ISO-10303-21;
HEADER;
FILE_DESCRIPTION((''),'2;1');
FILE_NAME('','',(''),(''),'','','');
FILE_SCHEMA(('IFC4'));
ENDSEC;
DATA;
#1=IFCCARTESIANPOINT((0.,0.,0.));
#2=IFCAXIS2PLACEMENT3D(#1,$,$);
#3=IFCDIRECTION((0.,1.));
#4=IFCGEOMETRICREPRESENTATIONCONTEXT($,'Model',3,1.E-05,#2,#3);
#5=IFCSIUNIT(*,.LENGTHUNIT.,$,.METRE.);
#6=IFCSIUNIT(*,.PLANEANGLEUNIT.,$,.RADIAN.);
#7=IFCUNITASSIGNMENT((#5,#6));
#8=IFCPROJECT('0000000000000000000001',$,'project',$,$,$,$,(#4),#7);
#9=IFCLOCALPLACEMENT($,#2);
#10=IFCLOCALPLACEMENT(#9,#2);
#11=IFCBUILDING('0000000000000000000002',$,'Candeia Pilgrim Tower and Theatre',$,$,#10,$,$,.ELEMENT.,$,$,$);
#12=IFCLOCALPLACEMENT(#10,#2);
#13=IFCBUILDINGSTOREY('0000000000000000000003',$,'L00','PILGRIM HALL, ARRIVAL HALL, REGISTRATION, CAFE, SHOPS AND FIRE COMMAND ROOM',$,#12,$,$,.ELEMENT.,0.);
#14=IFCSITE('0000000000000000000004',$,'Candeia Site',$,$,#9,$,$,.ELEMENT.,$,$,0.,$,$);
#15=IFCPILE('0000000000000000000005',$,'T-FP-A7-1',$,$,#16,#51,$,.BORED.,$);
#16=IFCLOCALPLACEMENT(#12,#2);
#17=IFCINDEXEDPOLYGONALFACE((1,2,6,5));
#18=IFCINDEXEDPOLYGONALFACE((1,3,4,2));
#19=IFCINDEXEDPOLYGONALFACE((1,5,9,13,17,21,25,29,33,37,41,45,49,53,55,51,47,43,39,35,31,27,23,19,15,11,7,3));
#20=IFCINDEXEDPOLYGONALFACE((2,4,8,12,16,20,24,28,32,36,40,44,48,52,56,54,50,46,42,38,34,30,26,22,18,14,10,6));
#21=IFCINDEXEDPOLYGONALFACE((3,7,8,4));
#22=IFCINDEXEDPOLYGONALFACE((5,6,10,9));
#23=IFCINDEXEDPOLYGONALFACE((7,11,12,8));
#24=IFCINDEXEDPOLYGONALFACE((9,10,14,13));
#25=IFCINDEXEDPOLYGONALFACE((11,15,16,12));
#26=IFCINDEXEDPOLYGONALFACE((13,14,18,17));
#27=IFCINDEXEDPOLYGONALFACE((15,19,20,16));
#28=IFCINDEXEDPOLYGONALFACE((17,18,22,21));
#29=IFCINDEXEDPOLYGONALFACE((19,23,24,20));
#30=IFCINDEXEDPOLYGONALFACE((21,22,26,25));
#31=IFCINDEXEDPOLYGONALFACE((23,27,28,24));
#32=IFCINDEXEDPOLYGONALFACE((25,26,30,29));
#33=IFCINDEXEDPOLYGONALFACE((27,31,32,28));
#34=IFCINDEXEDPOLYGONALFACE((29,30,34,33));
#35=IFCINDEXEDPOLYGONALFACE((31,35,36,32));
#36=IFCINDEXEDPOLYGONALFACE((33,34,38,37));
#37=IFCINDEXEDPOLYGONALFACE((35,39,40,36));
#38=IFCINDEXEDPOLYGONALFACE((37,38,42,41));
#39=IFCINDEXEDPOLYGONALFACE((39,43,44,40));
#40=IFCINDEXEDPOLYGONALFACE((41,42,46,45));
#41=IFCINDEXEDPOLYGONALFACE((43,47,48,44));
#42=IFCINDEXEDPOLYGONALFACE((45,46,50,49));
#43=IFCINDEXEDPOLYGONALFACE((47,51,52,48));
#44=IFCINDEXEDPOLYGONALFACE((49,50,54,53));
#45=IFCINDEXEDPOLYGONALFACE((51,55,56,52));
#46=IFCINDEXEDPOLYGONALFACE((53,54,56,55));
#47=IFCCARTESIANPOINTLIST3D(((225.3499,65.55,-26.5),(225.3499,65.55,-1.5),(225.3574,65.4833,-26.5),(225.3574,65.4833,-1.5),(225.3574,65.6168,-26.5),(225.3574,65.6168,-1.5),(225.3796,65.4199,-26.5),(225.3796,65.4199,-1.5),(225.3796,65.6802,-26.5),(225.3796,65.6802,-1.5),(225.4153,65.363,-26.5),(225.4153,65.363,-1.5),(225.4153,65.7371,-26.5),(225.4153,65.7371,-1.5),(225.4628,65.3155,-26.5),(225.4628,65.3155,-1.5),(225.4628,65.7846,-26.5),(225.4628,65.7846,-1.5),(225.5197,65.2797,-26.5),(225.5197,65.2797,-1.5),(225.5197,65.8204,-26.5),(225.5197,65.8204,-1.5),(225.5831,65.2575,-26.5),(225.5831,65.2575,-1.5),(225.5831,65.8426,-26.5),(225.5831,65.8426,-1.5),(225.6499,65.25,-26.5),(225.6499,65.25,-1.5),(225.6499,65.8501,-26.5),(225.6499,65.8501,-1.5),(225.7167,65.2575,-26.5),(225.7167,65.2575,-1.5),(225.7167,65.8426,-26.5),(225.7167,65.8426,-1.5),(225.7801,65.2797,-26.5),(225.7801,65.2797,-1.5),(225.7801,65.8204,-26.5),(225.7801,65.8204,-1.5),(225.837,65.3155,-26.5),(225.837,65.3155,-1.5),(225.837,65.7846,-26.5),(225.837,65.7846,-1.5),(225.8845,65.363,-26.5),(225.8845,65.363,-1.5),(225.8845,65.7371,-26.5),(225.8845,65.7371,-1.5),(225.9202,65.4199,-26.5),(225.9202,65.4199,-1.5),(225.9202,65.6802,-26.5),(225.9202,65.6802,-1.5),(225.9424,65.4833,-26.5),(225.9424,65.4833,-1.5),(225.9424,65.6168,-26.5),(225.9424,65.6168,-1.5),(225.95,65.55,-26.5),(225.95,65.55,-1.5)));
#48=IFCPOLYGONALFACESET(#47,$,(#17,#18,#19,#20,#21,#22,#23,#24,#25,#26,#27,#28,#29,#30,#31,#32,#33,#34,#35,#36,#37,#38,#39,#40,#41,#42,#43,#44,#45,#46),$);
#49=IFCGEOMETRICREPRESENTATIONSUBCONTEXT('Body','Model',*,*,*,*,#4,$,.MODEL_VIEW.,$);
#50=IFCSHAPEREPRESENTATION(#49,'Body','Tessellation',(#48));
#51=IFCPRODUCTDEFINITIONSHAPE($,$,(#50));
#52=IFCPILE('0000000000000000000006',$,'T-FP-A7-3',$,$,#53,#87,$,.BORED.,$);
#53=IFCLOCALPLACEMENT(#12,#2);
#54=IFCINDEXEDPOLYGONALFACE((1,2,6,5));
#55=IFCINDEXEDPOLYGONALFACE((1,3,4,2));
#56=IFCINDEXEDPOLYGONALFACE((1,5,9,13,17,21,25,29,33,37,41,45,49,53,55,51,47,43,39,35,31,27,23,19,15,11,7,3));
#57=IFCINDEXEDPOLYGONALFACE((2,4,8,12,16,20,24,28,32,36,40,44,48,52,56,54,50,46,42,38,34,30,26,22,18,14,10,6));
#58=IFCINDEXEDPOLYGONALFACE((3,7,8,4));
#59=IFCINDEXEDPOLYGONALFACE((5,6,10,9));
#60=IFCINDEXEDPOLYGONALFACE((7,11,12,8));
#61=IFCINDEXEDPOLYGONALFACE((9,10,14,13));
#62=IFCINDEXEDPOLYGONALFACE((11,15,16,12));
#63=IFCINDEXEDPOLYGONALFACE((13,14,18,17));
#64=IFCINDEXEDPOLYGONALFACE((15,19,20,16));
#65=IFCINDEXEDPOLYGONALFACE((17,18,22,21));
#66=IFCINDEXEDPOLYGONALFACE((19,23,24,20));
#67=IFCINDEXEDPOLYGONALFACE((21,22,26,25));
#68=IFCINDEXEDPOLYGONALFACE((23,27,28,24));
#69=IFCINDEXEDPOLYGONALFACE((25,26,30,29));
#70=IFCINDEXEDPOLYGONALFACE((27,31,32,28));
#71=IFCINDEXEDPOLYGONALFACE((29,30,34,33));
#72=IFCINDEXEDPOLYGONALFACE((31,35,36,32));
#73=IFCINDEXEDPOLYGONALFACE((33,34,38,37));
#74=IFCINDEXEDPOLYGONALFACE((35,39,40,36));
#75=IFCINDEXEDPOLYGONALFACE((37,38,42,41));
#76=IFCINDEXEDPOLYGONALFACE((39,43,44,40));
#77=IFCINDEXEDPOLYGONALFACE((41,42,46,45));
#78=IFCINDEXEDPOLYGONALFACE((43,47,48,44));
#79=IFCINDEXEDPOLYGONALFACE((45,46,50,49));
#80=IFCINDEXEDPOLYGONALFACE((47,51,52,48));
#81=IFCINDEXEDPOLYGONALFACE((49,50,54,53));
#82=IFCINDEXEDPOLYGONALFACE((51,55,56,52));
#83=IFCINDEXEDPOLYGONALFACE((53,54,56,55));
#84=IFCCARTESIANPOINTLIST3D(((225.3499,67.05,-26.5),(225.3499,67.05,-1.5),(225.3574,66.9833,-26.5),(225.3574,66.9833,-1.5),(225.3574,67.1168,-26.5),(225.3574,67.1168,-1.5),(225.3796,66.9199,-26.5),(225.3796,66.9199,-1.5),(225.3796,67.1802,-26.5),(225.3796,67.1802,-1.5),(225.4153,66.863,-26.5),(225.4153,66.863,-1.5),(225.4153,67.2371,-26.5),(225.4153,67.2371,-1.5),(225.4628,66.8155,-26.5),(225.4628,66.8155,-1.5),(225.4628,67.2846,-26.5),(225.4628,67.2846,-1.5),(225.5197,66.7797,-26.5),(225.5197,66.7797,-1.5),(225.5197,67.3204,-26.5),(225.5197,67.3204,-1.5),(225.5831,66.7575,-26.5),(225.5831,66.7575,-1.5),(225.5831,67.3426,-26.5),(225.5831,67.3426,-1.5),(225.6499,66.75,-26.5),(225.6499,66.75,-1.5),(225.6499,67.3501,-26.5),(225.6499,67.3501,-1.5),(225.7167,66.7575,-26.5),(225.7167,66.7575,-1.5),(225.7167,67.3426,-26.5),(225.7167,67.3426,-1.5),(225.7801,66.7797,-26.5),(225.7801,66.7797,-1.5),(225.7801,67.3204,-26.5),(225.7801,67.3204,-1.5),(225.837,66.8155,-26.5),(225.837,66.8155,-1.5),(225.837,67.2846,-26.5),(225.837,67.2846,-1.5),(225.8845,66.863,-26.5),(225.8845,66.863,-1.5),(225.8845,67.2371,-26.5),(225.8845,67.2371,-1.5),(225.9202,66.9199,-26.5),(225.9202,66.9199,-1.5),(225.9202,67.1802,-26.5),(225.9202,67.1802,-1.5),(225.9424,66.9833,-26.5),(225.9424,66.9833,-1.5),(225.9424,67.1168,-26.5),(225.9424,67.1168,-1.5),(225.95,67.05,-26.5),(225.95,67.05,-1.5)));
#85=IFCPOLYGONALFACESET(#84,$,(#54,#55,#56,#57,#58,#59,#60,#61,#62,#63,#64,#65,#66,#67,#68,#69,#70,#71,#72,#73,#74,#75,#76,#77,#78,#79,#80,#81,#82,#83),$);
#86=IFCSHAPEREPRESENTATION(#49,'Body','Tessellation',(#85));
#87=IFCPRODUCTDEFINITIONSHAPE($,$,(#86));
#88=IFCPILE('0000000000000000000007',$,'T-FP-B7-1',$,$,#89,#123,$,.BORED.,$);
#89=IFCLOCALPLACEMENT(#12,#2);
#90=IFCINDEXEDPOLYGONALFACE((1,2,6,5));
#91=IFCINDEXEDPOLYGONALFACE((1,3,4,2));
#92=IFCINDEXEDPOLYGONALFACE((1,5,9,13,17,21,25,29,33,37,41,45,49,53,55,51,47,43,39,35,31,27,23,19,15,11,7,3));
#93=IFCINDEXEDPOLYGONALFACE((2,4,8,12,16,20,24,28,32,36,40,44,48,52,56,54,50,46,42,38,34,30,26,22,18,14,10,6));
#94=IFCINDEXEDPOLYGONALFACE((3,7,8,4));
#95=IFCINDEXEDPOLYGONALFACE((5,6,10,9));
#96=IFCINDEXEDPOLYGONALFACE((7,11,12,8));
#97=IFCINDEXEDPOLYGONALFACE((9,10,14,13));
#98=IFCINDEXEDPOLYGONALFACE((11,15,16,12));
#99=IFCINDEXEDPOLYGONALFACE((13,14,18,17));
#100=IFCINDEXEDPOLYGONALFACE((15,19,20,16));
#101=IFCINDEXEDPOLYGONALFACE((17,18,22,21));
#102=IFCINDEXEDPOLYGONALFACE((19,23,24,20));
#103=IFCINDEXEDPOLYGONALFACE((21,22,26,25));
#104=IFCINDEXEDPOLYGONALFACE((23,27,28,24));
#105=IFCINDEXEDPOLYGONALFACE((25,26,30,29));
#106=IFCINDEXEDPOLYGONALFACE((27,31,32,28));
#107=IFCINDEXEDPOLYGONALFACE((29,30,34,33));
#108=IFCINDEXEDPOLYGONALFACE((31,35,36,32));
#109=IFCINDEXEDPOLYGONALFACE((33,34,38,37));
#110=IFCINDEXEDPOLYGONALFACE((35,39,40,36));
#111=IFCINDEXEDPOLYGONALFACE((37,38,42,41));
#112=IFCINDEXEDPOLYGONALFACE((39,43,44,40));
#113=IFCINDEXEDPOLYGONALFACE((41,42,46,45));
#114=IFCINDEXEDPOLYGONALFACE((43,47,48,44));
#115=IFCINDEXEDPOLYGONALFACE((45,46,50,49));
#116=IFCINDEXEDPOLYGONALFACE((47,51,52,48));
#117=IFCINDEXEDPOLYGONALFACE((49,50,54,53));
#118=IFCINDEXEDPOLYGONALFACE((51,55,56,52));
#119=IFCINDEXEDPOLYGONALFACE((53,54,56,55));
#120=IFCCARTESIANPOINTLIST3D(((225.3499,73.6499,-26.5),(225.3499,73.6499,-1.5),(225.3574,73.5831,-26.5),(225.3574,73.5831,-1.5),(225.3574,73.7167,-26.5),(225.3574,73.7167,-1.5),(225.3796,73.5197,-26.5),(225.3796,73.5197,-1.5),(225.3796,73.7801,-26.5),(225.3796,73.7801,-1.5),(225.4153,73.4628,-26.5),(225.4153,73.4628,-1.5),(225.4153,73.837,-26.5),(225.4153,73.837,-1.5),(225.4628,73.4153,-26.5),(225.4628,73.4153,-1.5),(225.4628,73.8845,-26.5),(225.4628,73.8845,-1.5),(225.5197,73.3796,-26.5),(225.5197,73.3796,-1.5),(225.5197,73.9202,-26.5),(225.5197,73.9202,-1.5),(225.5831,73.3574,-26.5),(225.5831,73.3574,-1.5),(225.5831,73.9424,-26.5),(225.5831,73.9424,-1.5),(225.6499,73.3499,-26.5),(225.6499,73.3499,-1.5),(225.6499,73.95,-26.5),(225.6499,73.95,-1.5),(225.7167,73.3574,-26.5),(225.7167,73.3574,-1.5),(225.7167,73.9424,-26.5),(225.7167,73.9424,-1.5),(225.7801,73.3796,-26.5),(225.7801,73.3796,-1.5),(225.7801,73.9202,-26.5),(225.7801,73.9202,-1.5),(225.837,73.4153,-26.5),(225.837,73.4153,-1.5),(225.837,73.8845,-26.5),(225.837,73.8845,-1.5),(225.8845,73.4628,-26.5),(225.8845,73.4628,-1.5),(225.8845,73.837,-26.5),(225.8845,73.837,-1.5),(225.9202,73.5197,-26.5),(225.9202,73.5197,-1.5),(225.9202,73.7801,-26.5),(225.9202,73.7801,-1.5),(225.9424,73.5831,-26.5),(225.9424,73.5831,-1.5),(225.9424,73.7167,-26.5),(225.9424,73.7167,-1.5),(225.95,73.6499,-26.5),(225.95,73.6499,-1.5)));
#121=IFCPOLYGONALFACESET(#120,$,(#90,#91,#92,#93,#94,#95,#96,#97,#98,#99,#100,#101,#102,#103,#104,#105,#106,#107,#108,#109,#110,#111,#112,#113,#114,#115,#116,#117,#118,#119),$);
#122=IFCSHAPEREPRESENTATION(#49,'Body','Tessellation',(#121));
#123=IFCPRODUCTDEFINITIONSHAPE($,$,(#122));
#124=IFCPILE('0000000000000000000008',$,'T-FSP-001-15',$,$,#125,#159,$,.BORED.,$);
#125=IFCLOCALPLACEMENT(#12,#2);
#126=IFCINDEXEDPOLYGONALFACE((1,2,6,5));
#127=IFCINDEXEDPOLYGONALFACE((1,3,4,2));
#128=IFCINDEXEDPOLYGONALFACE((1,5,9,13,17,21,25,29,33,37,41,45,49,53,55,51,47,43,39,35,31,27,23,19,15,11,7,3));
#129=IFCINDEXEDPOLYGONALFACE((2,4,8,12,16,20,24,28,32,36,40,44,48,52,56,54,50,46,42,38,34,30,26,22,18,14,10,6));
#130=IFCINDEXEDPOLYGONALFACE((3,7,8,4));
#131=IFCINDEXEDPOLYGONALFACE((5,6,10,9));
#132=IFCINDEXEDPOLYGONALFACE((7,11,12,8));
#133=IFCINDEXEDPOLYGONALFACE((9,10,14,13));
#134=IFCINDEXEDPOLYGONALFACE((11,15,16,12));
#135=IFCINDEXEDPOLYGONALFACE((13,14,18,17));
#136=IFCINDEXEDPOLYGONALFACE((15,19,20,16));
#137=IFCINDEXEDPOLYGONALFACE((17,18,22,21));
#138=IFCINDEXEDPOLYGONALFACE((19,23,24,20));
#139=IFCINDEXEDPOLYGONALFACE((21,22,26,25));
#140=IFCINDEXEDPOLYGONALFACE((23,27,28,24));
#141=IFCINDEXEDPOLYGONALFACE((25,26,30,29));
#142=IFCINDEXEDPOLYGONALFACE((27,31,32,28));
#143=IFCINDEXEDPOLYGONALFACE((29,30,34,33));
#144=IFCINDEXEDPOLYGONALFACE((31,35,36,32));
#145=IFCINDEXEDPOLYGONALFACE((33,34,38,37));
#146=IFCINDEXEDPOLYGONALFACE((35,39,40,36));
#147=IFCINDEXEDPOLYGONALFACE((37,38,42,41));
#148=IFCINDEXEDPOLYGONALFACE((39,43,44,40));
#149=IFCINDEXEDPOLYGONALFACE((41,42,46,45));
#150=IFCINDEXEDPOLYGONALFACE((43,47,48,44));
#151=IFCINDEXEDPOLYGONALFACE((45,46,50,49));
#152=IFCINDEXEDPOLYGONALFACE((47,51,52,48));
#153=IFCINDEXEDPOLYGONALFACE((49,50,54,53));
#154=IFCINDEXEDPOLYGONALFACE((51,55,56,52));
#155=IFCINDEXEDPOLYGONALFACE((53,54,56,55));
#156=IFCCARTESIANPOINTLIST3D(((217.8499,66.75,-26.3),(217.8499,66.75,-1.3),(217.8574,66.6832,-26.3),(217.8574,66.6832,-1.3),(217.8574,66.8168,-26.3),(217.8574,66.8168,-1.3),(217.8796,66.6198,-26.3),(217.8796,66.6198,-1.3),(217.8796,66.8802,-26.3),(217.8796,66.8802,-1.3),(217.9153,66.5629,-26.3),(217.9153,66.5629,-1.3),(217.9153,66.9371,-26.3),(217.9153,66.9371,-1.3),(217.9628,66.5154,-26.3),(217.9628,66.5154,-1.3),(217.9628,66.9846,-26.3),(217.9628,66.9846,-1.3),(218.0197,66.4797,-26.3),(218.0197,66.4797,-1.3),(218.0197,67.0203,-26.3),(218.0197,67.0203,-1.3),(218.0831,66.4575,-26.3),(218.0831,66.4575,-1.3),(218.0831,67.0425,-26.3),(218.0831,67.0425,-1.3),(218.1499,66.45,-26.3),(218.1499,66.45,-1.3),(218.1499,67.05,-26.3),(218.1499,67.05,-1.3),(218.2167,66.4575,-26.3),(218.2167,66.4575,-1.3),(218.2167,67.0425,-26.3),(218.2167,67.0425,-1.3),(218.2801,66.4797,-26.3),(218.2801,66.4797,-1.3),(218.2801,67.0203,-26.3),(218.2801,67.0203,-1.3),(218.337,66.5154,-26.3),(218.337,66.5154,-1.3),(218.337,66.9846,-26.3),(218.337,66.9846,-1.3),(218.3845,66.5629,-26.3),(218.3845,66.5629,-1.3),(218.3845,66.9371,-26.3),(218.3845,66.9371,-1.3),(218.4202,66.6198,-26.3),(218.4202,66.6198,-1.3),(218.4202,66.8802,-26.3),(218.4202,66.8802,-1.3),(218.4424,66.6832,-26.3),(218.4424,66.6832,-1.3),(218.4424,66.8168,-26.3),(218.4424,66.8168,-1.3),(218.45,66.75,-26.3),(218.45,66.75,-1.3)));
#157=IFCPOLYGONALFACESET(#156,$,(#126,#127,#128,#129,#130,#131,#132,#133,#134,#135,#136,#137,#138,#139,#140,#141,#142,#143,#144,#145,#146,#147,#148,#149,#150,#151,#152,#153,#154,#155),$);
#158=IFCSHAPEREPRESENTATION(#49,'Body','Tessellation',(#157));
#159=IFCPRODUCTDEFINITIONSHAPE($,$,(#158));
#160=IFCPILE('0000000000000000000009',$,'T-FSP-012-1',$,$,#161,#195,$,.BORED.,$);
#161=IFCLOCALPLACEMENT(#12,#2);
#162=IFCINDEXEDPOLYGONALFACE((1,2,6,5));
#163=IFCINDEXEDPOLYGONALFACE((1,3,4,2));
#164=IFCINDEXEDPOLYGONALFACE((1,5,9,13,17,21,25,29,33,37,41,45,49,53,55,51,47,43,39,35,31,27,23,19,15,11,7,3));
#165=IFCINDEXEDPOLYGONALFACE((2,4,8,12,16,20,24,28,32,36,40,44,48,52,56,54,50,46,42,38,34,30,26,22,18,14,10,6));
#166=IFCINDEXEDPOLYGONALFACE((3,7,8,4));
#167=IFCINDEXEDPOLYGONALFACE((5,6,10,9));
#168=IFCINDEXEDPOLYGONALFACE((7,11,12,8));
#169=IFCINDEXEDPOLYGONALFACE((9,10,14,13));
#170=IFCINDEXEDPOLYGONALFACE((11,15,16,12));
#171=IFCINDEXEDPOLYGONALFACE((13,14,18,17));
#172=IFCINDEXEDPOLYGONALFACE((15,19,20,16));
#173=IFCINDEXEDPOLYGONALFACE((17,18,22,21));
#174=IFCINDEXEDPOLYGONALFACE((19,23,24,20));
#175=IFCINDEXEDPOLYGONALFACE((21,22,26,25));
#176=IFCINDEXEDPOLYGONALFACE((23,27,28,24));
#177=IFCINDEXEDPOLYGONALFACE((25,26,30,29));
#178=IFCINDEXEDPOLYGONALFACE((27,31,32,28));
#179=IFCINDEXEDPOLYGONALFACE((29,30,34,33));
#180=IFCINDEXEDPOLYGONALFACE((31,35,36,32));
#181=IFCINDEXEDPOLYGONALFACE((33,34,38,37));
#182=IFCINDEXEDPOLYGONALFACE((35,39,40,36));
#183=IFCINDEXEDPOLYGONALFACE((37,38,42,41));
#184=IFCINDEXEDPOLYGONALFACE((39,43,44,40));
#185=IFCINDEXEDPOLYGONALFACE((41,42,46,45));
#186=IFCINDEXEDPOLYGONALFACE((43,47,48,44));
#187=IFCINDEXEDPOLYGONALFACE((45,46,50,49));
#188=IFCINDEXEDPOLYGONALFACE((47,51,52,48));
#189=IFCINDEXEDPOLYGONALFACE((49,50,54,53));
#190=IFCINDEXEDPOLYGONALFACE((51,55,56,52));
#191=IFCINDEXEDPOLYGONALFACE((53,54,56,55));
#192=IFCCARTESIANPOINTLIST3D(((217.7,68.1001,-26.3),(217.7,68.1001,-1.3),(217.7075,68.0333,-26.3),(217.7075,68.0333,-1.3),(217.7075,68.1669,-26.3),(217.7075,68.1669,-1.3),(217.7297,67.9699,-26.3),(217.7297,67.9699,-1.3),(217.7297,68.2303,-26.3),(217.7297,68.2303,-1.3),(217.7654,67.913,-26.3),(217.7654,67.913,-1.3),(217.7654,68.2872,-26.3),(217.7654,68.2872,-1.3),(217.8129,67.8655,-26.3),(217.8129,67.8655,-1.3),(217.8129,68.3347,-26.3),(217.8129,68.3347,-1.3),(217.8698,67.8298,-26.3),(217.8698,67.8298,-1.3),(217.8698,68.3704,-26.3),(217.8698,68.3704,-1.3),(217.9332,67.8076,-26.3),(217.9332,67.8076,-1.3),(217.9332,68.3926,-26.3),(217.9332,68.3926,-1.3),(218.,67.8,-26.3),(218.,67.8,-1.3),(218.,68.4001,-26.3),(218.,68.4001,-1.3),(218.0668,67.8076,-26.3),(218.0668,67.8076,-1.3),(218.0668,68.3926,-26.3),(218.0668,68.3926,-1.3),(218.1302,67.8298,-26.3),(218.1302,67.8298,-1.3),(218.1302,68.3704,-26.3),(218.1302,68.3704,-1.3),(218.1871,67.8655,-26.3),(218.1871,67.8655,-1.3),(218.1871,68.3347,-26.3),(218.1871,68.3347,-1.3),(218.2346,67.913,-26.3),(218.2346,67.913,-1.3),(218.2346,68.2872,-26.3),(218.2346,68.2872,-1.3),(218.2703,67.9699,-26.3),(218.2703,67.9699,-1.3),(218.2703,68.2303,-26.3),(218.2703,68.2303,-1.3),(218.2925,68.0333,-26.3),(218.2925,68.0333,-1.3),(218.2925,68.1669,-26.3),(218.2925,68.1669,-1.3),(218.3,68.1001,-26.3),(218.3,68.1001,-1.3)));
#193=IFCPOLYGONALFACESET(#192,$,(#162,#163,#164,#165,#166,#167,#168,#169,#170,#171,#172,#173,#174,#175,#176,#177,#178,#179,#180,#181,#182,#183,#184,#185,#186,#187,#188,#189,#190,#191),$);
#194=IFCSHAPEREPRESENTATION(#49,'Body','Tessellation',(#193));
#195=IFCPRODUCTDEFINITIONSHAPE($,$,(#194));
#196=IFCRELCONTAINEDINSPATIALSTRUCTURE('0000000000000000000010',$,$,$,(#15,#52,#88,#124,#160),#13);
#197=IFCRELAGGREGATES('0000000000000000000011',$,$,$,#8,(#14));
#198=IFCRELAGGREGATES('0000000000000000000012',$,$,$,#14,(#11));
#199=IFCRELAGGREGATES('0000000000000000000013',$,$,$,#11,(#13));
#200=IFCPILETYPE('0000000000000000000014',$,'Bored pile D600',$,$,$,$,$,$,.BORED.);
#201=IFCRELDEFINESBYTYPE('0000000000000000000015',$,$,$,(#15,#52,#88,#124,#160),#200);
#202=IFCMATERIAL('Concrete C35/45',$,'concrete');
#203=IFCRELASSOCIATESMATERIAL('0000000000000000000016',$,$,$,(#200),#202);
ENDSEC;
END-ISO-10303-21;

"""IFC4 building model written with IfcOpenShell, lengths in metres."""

from ifc_helpers import new_model, si_unit, direction, frame, origin, origin_2d, place, context, subcontext, project, spatial, circle, extrude, material, type_object, element, save


model = new_model("IFC4")

# Units and contexts
model_context = context("Model", 3, precision=1e-05, world=origin(), true_north=direction((0.0, 1.0)))
body_context = subcontext(model_context, "Body", "Model", "MODEL_VIEW")
ifc_project = project(units=[si_unit("LENGTHUNIT", "METRE"), si_unit("PLANEANGLEUNIT", "RADIAN")], contexts=[model_context])

# Site, building, storey
site_placement = place(None, origin())
site = spatial("IfcSite", under=ifc_project, at=site_placement, Name="Candeia Site", CompositionType="ELEMENT", RefElevation=0.0)
building_placement = place(site_placement, origin())
building = spatial("IfcBuilding", under=site, at=building_placement, Name="Candeia Pilgrim Tower and Theatre", CompositionType="ELEMENT")
storey_placement = place(building_placement, origin())
storey = spatial("IfcBuildingStorey", under=building, at=storey_placement, Name="L00", Description="PILGRIM HALL, ARRIVAL HALL, REGISTRATION, CAFE, SHOPS AND FIRE COMMAND ROOM", CompositionType="ELEMENT", Elevation=0.0)

# Piles
ifc_material_1 = material(Name="Concrete C35/45", Category="concrete")
pile_type = type_object("IfcPileType", Name="Bored pile D600", PredefinedType="BORED", material=ifc_material_1)
for number, where, z_axis, x_axis, name in (
    (1, (225.6499, 65.55, -1.5), (0.0, 0.0, -1.0), (1.0, 0.0, 0.0), "T-FP-A7-1"),
    (2, (225.6499, 67.05, -1.5), (0.0, 0.0, -1.0), (1.0, 0.0, 0.0), "T-FP-A7-3"),
    (3, (225.6499, 73.6499, -1.5), (0.0, 0.0, -1.0), (1.0, 0.0, 0.0), "T-FP-B7-1"),
    (4, (218.1499, 66.75, -1.3), (0.0, 0.0, -1.0), (1.0, 0.0, 0.0), "T-FSP-001-15"),
    (5, (218.0, 68.1001, -1.3), (0.0, 0.0, -1.0), (1.0, 0.0, 0.0), "T-FSP-012-1"),
):
    element("IfcPile", number, at=place(storey_placement, frame(where, z_axis=z_axis, x_axis=x_axis)), inside=storey, type_object=pile_type, Name=name, PredefinedType="BORED", context=body_context, shape_type="SweptSolid", body=[
        extrude(circle(Radius=0.3, at=origin_2d()), origin(), (0.0, 0.0, 1.0), 25.0),
    ])

save(model, "model.ifc")
